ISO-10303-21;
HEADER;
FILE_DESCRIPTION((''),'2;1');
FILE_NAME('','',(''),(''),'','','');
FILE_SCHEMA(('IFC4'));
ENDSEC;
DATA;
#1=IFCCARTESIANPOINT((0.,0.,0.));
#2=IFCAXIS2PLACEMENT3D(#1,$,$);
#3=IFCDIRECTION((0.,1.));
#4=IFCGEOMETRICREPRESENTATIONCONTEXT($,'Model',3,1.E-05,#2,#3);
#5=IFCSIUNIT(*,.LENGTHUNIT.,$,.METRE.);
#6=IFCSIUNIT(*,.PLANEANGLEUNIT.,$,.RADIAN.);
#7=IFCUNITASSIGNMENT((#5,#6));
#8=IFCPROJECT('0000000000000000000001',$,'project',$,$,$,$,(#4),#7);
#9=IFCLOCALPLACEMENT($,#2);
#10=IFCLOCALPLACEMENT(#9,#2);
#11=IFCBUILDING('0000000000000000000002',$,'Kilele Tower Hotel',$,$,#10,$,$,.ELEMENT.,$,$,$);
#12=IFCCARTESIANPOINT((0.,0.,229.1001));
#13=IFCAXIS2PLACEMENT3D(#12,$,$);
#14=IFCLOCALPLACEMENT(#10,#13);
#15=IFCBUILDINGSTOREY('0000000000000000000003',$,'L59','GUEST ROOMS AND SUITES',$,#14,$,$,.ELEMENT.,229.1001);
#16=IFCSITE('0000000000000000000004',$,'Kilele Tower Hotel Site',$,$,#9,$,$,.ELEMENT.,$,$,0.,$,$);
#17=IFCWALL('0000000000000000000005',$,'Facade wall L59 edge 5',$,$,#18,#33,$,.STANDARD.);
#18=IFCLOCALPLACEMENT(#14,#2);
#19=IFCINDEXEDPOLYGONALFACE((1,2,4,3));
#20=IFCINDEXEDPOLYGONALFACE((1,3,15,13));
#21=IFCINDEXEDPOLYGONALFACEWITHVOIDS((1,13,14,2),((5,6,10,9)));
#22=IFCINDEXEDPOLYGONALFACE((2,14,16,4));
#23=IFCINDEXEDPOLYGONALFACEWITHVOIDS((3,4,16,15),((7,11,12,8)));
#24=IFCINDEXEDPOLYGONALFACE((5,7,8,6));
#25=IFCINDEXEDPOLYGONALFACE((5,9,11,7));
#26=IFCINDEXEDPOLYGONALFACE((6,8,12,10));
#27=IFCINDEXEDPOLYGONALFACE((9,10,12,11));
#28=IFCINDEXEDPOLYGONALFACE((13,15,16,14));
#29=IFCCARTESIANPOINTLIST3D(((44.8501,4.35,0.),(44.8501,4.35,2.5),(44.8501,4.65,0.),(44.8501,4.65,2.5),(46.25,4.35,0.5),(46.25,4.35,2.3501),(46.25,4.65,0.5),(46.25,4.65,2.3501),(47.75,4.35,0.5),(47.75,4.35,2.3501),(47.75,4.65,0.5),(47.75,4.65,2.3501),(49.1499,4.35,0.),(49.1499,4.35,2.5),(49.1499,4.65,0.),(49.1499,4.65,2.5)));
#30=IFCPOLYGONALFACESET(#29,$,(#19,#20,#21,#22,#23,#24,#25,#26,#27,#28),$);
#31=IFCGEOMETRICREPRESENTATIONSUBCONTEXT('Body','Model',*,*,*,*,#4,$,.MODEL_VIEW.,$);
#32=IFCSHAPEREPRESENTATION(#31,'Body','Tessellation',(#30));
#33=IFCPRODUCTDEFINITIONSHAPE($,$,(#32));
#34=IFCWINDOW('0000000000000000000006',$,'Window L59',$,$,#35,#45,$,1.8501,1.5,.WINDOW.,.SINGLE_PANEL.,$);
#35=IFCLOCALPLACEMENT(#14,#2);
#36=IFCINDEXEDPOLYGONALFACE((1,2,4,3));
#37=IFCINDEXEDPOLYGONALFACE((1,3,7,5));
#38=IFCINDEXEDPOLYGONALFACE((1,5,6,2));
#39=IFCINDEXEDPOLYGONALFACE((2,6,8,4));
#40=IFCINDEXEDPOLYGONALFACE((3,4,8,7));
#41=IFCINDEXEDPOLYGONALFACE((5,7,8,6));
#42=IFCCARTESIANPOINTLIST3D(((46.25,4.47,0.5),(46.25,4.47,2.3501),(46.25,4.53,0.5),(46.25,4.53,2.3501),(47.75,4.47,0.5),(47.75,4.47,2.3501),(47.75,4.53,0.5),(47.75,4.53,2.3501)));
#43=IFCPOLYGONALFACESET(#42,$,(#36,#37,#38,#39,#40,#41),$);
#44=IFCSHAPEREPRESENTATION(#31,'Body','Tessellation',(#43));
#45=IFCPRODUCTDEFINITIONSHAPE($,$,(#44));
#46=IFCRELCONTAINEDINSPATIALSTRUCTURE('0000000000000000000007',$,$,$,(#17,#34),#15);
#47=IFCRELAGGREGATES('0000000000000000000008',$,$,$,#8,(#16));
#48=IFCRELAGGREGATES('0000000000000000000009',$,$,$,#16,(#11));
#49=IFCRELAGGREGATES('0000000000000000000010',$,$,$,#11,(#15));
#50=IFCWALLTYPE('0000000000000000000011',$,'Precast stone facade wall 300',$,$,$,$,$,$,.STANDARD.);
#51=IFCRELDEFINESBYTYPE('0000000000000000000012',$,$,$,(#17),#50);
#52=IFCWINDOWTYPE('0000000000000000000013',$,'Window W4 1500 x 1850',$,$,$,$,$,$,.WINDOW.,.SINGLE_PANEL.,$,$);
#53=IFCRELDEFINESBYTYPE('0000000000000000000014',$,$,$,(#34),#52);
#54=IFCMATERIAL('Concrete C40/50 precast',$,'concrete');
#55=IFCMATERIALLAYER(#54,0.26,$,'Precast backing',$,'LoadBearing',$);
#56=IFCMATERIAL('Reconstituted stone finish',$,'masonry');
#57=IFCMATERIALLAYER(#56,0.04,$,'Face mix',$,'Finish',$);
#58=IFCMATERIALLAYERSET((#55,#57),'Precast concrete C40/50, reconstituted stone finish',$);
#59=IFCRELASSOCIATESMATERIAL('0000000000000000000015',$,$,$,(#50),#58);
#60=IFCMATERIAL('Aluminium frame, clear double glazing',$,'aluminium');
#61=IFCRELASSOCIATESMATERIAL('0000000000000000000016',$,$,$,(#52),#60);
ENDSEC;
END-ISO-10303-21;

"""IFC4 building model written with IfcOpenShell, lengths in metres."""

from ifc_helpers import new_model, si_unit, direction, frame, frame_2d, origin, place, context, subcontext, project, spatial, rectangle, extrude, material, layer, layer_set, type_object, element, fill, save


model = new_model("IFC4")

# Units and contexts
model_context = context("Model", 3, precision=1e-05, world=origin(), true_north=direction((0.0, 1.0)))
body_context = subcontext(model_context, "Body", "Model", "MODEL_VIEW")
ifc_project = project(units=[si_unit("LENGTHUNIT", "METRE"), si_unit("PLANEANGLEUNIT", "RADIAN")], contexts=[model_context])

# Site, building, storey
site_placement = place(None, origin())
site = spatial("IfcSite", under=ifc_project, at=site_placement, Name="Kilele Tower Hotel Site", CompositionType="ELEMENT", RefElevation=0.0)
building_placement = place(site_placement, origin())
building = spatial("IfcBuilding", under=site, at=building_placement, Name="Kilele Tower Hotel", CompositionType="ELEMENT")
storey_placement = place(building_placement, frame((0.0, 0.0, 229.1001)))
storey = spatial("IfcBuildingStorey", under=building, at=storey_placement, Name="L59", Description="GUEST ROOMS AND SUITES", CompositionType="ELEMENT", Elevation=229.1001)

# Wall, opening, window
ifc_material_1 = material(Name="Concrete C40/50 precast", Category="concrete")
ifc_layer_1 = layer(ifc_material_1, 0.26, Name="Precast backing", Category="LoadBearing")
ifc_material_2 = material(Name="Reconstituted stone finish", Category="masonry")
ifc_layer_2 = layer(ifc_material_2, 0.04, Name="Face mix", Category="Finish")
ifc_layer_set_1 = layer_set([ifc_layer_1, ifc_layer_2], Name="Precast concrete C40/50, reconstituted stone finish")
wall_type_1 = type_object("IfcWallType", Name="Precast stone facade wall 300", PredefinedType="STANDARD", material=ifc_layer_set_1)
wall_1_placement = place(storey_placement, frame((44.8501, 4.5, 0.0), z_axis=(0.0, 0.0, 1.0), x_axis=(1.0, 0.0, 0.0)))
wall_1 = element("IfcWall", 1, at=wall_1_placement, inside=storey, type_object=wall_type_1, Name="Facade wall L59 edge 5", PredefinedType="STANDARD", context=body_context, shape_type="SweptSolid", body=[
    extrude(rectangle(XDim=4.2998, YDim=0.3, at=frame_2d((2.1499, 0.0))), origin(), (0.0, 0.0, 1.0), 2.5),
])
opening_1_placement = place(wall_1_placement, frame((1.3999, 0.0, 0.5)))
opening_1 = element("IfcOpeningElement", 2, at=opening_1_placement, cuts=wall_1, PredefinedType="OPENING", context=body_context, shape_type="SweptSolid", body=[
    extrude(rectangle(XDim=1.5, YDim=1.8501, at=frame_2d((0.75, 0.925))), frame((0.0, 0.1599, 0.0), z_axis=(0.0, -1.0, 0.0), x_axis=(1.0, 0.0, 0.0)), (0.0, 0.0, 1.0), 0.3201),
])
ifc_material_3 = material(Name="Aluminium frame, clear double glazing", Category="aluminium")
window_type_1 = type_object("IfcWindowType", Name="Window W4 1500 x 1850", PartitioningType="SINGLE_PANEL", PredefinedType="WINDOW", material=ifc_material_3)
window_1_placement = place(opening_1_placement, origin())
window_1 = element("IfcWindow", 3, at=window_1_placement, inside=storey, type_object=window_type_1, Name="Window L59", OverallHeight=1.8501, OverallWidth=1.5, PartitioningType="SINGLE_PANEL", PredefinedType="WINDOW", context=body_context, shape_type="SweptSolid", body=[
    extrude(rectangle(XDim=1.5, YDim=1.8501, at=frame_2d((0.75, 0.925))), frame((0.0, 0.03, 0.0), z_axis=(0.0, -1.0, 0.0), x_axis=(1.0, 0.0, 0.0)), (0.0, 0.0, 1.0), 0.0601),
])
fill(opening_1, window_1)

save(model, "model.ifc")
